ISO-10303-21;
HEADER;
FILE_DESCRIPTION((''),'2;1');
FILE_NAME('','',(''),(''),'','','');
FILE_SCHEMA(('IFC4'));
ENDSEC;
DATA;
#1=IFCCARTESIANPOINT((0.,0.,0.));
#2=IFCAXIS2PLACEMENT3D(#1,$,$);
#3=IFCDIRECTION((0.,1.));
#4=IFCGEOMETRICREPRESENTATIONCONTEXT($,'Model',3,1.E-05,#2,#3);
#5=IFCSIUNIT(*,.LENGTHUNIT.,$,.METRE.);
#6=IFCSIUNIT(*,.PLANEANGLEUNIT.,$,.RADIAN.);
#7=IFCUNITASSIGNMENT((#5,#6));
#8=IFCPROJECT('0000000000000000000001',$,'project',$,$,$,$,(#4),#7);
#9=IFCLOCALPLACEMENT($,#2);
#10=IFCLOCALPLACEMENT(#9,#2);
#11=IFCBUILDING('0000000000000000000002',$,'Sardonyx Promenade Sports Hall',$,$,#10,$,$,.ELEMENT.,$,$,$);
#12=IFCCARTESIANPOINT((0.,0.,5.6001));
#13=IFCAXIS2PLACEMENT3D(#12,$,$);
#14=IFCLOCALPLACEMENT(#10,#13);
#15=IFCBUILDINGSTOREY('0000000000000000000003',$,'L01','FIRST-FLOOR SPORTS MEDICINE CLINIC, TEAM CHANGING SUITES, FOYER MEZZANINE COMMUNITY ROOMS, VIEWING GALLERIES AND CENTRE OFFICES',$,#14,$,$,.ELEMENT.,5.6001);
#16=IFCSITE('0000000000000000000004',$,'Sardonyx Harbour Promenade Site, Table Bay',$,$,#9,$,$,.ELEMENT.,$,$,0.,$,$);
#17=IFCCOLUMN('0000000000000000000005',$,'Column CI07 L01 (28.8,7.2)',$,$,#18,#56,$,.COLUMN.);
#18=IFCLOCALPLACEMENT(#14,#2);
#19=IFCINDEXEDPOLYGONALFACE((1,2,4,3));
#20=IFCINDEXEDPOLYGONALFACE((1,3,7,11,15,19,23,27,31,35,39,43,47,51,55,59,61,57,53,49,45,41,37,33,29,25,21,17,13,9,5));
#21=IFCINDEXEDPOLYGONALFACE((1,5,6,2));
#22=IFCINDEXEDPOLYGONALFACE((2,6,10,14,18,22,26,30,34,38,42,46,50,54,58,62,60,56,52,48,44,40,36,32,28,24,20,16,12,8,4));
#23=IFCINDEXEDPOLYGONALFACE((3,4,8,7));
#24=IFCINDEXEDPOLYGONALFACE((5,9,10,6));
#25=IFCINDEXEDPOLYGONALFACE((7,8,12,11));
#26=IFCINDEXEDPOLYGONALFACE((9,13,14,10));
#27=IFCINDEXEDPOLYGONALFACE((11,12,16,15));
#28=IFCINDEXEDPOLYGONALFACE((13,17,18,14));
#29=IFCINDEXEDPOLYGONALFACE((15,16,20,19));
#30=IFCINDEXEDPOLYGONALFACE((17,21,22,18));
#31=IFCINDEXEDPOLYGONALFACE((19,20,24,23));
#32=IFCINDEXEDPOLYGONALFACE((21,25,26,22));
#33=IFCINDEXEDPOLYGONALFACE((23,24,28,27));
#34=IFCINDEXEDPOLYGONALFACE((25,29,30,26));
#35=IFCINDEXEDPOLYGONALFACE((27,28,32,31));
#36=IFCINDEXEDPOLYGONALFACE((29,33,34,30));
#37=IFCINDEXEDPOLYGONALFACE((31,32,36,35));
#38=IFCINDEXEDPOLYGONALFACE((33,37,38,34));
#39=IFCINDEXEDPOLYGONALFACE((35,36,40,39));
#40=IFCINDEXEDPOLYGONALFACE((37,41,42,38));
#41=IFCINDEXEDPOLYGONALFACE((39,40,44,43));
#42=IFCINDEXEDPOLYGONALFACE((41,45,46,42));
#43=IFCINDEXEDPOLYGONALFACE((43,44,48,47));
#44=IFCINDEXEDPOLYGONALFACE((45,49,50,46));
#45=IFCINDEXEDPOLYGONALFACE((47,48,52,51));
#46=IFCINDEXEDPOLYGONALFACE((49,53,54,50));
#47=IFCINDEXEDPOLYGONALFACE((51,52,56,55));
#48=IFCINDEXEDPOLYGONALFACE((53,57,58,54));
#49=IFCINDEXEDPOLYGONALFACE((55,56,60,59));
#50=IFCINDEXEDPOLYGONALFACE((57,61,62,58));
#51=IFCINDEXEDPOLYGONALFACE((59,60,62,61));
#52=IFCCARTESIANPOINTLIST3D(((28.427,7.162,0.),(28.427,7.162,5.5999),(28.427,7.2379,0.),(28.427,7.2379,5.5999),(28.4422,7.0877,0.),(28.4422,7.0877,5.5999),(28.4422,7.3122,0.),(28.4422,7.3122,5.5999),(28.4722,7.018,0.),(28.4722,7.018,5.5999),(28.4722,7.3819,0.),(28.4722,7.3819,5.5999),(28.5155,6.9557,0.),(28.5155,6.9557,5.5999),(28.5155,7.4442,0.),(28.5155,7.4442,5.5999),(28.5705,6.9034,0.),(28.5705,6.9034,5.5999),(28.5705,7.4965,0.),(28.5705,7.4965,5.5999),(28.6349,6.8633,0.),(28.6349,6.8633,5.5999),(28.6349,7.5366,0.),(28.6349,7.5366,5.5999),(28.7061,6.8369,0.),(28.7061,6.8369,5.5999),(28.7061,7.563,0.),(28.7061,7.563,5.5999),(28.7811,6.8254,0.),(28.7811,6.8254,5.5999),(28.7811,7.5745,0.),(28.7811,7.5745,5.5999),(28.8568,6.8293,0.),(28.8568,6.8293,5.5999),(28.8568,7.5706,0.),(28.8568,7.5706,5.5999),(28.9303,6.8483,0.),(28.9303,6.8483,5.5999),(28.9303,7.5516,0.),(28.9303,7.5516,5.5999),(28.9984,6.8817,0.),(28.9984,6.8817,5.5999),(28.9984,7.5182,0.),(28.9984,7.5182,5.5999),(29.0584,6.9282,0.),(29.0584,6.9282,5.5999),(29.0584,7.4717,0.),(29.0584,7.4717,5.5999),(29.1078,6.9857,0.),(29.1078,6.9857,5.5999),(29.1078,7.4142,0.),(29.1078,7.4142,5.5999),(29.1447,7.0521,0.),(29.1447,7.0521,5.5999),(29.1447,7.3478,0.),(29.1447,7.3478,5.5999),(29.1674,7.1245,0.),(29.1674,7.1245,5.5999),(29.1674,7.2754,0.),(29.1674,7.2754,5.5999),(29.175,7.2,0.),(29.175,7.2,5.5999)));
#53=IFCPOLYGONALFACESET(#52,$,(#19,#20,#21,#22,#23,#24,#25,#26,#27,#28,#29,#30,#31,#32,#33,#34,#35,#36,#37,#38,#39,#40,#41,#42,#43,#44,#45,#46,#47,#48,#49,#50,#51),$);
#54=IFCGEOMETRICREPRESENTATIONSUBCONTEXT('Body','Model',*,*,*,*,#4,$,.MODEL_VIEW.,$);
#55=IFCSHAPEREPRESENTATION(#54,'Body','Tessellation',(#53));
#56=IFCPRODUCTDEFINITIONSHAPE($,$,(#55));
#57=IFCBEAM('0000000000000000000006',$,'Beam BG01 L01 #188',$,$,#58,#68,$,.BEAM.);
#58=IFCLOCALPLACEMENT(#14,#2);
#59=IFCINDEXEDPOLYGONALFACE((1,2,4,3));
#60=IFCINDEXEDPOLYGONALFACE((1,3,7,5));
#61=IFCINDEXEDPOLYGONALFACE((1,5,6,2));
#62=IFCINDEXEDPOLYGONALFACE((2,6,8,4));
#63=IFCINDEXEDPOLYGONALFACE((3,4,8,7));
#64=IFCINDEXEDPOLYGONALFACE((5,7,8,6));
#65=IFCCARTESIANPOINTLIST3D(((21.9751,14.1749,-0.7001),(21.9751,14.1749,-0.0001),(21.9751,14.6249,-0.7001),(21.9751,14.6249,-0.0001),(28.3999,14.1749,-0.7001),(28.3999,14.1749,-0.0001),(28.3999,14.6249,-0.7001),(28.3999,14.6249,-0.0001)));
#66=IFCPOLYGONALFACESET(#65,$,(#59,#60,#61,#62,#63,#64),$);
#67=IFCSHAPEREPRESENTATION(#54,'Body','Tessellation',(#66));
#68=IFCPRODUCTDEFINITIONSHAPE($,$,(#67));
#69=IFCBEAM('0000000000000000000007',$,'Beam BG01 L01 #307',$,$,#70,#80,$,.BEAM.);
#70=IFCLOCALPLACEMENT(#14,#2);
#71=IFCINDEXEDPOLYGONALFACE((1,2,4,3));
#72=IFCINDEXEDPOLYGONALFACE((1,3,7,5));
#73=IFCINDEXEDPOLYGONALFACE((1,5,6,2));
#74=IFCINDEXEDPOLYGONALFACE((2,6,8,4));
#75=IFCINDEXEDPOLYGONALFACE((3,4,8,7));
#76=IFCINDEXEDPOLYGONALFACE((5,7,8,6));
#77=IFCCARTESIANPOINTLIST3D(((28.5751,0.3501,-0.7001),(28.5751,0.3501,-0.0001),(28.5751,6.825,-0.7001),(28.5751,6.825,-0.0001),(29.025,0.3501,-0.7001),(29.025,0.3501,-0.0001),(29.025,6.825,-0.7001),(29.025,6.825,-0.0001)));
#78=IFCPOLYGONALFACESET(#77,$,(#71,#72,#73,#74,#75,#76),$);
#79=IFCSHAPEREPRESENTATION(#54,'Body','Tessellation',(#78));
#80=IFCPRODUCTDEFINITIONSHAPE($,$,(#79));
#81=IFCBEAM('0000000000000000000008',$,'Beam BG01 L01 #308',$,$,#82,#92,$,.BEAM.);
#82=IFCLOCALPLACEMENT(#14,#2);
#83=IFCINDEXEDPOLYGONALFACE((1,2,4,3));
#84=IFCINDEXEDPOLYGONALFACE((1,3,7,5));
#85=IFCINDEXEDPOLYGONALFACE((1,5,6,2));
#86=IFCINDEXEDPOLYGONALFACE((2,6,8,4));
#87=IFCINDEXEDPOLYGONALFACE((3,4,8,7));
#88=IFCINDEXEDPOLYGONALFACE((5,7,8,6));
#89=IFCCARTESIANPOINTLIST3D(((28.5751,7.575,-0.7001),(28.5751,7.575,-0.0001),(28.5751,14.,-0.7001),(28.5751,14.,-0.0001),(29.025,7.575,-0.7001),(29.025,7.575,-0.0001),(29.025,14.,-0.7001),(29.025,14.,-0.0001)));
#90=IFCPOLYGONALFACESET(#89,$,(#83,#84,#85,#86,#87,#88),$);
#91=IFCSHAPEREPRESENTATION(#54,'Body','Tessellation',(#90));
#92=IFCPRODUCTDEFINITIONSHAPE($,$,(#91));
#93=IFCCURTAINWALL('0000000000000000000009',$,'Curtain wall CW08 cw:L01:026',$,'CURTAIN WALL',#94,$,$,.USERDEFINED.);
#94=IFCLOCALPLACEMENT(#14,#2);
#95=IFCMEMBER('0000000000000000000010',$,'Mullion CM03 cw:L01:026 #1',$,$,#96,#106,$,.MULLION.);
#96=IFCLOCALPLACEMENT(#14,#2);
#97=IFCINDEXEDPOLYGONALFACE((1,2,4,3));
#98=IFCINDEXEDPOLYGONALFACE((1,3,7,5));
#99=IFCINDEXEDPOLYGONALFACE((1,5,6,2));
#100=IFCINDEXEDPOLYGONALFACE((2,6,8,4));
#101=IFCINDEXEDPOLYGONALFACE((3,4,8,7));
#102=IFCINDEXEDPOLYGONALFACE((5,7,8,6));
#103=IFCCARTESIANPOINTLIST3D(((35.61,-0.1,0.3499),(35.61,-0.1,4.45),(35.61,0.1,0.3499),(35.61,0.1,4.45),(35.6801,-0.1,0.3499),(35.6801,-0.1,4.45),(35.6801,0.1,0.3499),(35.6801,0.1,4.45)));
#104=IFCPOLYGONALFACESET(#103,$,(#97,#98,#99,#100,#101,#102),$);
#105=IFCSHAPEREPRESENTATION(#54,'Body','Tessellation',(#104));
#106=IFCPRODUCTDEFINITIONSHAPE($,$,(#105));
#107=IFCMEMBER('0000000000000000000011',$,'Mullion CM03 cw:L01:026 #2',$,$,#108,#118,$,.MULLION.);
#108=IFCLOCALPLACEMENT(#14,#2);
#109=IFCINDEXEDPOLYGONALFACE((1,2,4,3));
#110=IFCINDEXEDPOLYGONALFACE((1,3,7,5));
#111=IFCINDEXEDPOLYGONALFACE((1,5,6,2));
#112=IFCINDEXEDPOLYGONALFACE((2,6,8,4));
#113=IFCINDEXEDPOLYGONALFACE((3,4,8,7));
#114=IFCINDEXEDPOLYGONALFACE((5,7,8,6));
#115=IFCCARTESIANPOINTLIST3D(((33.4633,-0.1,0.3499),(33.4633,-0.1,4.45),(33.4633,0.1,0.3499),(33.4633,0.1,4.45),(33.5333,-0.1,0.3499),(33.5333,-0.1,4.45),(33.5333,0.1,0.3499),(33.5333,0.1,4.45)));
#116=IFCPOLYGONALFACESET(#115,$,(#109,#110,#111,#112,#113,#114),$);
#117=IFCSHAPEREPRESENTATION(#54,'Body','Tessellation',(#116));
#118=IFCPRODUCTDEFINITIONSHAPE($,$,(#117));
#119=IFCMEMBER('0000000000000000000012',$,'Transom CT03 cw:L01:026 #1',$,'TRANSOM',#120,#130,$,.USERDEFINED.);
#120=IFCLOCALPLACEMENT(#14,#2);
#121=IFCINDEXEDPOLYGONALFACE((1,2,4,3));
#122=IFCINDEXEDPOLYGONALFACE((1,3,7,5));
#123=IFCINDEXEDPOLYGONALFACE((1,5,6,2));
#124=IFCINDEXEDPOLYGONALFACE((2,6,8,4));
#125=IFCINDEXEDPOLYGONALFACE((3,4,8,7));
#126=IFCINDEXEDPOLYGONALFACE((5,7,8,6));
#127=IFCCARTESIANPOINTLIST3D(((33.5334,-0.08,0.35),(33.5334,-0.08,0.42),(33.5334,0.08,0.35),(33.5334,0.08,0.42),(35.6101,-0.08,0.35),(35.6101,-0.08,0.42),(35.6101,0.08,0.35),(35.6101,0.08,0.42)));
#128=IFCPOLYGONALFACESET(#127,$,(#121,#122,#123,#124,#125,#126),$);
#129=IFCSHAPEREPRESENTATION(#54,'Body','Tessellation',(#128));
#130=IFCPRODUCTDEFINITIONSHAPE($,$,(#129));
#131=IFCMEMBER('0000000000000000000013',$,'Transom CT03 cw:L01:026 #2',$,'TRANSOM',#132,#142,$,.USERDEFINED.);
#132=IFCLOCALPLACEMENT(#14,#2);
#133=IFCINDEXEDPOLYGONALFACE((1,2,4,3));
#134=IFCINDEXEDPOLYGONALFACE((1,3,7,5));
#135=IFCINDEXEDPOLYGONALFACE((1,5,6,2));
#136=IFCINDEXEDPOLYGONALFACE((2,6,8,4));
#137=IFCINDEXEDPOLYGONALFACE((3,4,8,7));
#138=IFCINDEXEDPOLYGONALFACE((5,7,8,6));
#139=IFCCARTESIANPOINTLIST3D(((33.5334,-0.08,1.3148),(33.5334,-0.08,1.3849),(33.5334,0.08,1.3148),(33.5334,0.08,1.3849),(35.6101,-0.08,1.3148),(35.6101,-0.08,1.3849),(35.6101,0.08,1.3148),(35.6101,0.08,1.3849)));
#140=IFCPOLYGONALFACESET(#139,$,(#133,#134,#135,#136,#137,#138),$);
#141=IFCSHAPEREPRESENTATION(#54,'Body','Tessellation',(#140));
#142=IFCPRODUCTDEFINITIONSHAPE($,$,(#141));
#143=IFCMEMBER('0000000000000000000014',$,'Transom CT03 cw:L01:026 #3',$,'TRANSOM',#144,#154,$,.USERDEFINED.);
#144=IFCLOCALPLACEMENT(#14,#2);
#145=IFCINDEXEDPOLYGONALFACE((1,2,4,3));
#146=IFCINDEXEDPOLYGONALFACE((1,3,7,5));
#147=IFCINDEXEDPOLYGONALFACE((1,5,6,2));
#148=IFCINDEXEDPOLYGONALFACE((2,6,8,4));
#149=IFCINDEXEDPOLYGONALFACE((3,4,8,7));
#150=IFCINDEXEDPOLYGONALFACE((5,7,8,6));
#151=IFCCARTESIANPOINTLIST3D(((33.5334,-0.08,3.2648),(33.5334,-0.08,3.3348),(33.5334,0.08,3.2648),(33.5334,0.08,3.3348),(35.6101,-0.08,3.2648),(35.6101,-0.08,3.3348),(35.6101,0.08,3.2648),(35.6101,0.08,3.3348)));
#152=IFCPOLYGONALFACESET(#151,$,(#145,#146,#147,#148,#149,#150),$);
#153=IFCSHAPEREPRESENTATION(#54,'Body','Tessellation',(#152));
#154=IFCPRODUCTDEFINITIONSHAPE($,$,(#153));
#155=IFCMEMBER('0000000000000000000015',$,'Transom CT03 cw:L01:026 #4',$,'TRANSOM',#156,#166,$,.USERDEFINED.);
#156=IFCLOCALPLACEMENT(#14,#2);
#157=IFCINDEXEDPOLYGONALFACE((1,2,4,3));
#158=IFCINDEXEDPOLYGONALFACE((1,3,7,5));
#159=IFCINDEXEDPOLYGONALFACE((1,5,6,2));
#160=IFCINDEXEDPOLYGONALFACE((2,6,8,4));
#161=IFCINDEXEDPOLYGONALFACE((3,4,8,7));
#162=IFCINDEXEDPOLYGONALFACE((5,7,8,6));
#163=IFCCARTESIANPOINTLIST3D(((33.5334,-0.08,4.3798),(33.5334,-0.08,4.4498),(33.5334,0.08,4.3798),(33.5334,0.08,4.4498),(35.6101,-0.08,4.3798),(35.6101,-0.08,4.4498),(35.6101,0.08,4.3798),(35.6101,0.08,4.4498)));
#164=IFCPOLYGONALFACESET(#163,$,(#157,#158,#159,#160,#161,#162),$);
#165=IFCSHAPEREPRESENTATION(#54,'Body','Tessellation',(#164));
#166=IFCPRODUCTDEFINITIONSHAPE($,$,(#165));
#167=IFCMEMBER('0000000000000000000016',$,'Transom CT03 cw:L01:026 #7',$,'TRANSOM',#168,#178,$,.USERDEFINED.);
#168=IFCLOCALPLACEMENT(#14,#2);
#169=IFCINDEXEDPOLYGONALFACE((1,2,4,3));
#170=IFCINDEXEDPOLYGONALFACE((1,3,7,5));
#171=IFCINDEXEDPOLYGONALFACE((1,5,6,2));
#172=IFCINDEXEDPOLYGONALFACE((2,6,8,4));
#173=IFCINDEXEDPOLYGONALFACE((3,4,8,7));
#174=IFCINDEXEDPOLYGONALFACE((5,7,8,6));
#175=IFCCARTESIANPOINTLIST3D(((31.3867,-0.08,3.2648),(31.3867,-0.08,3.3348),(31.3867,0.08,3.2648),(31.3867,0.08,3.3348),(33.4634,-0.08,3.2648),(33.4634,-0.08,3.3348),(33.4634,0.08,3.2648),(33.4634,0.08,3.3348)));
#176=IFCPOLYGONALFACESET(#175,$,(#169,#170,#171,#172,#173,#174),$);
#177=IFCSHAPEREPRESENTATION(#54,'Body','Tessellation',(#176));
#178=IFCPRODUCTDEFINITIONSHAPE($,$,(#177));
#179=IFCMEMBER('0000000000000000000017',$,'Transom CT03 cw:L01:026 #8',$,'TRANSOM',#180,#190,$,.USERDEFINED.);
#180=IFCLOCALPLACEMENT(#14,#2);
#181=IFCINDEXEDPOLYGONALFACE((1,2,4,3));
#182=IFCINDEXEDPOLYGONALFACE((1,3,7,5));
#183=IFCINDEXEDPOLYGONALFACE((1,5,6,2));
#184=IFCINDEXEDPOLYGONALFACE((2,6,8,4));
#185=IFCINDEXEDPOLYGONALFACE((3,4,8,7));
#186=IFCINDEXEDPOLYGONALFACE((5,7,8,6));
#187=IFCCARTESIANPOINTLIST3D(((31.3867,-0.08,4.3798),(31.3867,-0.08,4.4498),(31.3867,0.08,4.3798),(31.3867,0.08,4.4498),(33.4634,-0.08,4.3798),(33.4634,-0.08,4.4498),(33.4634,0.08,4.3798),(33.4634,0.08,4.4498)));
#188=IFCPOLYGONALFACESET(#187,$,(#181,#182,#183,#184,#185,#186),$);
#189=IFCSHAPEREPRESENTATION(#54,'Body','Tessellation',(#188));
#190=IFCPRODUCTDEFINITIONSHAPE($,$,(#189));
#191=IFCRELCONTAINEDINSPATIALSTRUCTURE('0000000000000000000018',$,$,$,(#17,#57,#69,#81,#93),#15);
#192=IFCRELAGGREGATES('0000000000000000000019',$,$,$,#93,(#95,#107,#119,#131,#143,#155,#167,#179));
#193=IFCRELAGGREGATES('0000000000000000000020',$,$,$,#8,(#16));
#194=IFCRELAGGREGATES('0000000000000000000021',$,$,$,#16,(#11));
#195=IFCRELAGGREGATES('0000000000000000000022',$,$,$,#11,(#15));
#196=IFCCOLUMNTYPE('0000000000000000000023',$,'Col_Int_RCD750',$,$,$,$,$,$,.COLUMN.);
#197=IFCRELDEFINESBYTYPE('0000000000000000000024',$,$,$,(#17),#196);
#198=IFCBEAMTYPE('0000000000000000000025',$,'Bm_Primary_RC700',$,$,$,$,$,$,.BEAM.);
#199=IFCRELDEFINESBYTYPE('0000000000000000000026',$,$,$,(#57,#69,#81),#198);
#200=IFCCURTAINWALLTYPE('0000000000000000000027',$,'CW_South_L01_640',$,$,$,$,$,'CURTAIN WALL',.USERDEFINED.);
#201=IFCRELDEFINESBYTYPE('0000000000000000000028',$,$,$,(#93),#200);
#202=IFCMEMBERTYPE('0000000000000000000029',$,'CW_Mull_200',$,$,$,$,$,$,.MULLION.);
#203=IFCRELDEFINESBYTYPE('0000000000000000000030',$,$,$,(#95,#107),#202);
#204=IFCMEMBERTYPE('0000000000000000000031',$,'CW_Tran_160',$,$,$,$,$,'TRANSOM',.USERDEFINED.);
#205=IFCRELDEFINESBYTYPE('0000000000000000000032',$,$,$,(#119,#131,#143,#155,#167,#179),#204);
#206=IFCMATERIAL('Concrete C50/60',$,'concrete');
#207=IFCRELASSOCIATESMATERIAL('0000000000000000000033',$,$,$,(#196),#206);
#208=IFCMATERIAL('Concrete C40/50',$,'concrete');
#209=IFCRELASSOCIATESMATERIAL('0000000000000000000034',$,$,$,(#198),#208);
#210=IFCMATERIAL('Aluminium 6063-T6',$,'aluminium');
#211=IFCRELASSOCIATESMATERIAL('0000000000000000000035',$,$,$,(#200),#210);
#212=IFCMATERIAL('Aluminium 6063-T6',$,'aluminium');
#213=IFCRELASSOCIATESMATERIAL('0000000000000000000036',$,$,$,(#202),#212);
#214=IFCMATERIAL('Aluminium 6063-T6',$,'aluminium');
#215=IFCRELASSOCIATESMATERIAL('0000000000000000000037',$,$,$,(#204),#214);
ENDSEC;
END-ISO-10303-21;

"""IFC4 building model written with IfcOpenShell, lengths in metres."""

from ifc_helpers import new_model, si_unit, direction, frame, origin, origin_2d, place, context, subcontext, project, spatial, rectangle, circle, extrude, material, material_profile, profile_set, type_object, element, aggregate, save


model = new_model("IFC4")

# Units and contexts
model_context = context("Model", 3, precision=1e-05, world=origin(), true_north=direction((0.0, 1.0)))
body_context = subcontext(model_context, "Body", "Model", "MODEL_VIEW")
ifc_project = project(units=[si_unit("LENGTHUNIT", "METRE"), si_unit("PLANEANGLEUNIT", "RADIAN")], contexts=[model_context])

# Site, building, storey
site_placement = place(None, origin())
site = spatial("IfcSite", under=ifc_project, at=site_placement, Name="Sardonyx Harbour Promenade Site, Table Bay", CompositionType="ELEMENT", RefElevation=0.0)
building_placement = place(site_placement, origin())
building = spatial("IfcBuilding", under=site, at=building_placement, Name="Sardonyx Promenade Sports Hall", CompositionType="ELEMENT")
storey_placement = place(building_placement, frame((0.0, 0.0, 5.6001)))
storey = spatial("IfcBuildingStorey", under=building, at=storey_placement, Name="L01", Description="FIRST-FLOOR SPORTS MEDICINE CLINIC, TEAM CHANGING SUITES, FOYER MEZZANINE COMMUNITY ROOMS, VIEWING GALLERIES AND CENTRE OFFICES", CompositionType="ELEMENT", Elevation=5.6001)

# Column
ifc_material_1 = material(Name="Concrete C50/60", Category="concrete")
ifc_material_profile_1 = material_profile(ifc_material_1, circle(Radius=0.375, at=origin_2d()))
ifc_profile_set_1 = profile_set([ifc_material_profile_1], Name="Concrete C50/60")
column_type = type_object("IfcColumnType", Name="Col_Int_RCD750", PredefinedType="COLUMN", material=ifc_profile_set_1)
column_placement = place(storey_placement, frame((28.8, 7.2, 0.0), z_axis=(0.0, 0.0, 1.0), x_axis=(1.0, 0.0, 0.0)))
element("IfcColumn", 1, at=column_placement, inside=storey, type_object=column_type, Name="Column CI07 L01 (28.8,7.2)", PredefinedType="COLUMN", context=body_context, shape_type="SweptSolid", body=[
    extrude(circle(Radius=0.375, at=origin_2d()), origin(), (0.0, 0.0, 1.0), 5.5999),
])

# Beams
ifc_material_2 = material(Name="Concrete C40/50", Category="concrete")
ifc_material_profile_2 = material_profile(ifc_material_2, rectangle(XDim=0.45, YDim=0.7, at=origin_2d()))
ifc_profile_set_2 = profile_set([ifc_material_profile_2], Name="Concrete C40/50")
beam_type = type_object("IfcBeamType", Name="Bm_Primary_RC700", PredefinedType="BEAM", material=ifc_profile_set_2)
beam_1_placement = place(storey_placement, frame((21.9751, 14.3999, -0.3501), z_axis=(1.0, 0.0, 0.0), x_axis=(0.0, 1.0, 0.0)))
element("IfcBeam", 2, at=beam_1_placement, inside=storey, type_object=beam_type, Name="Beam BG01 L01 #188", PredefinedType="BEAM", context=body_context, shape_type="SweptSolid", body=[
    extrude(rectangle(XDim=0.45, YDim=0.7, at=origin_2d()), origin(), (0.0, 0.0, 1.0), 6.4248),
])
beam_2_placement = place(storey_placement, frame((28.8, 0.3501, -0.3501), z_axis=(0.0, 1.0, 0.0), x_axis=(-1.0, 0.0, 0.0)))
element("IfcBeam", 3, at=beam_2_placement, inside=storey, type_object=beam_type, Name="Beam BG01 L01 #307", PredefinedType="BEAM", context=body_context, shape_type="SweptSolid", body=[
    extrude(rectangle(XDim=0.45, YDim=0.7, at=origin_2d()), origin(), (0.0, 0.0, 1.0), 6.4749),
])
beam_3_placement = place(storey_placement, frame((28.8, 7.575, -0.3501), z_axis=(0.0, 1.0, 0.0), x_axis=(-1.0, 0.0, 0.0)))
element("IfcBeam", 4, at=beam_3_placement, inside=storey, type_object=beam_type, Name="Beam BG01 L01 #308", PredefinedType="BEAM", context=body_context, shape_type="SweptSolid", body=[
    extrude(rectangle(XDim=0.45, YDim=0.7, at=origin_2d()), origin(), (0.0, 0.0, 1.0), 6.425),
])

# Curtain wall, members
ifc_material_3 = material(Name="Aluminium 6063-T6", Category="aluminium")
curtain_wall_type = type_object("IfcCurtainWallType", Name="CW_South_L01_640", ElementType="CURTAIN WALL", PredefinedType="USERDEFINED", material=ifc_material_3)
curtain_wall_placement = place(storey_placement, origin())
curtain_wall = element("IfcCurtainWall", 5, at=curtain_wall_placement, inside=storey, type_object=curtain_wall_type, Name="Curtain wall CW08 cw:L01:026", ObjectType="CURTAIN WALL", PredefinedType="USERDEFINED")
ifc_material_4 = material(Name="Aluminium 6063-T6", Category="aluminium")
ifc_material_profile_3 = material_profile(ifc_material_4, rectangle(XDim=0.0701, YDim=0.2, at=origin_2d()))
ifc_profile_set_3 = profile_set([ifc_material_profile_3], Name="Aluminium 6063-T6")
member_type_1 = type_object("IfcMemberType", Name="CW_Mull_200", PredefinedType="MULLION", material=ifc_profile_set_3)
member_1_placement = place(storey_placement, frame((35.645, 0.0, 0.3499), z_axis=(0.0, 0.0, 1.0), x_axis=(-1.0, 0.0, 0.0)))
member_1 = element("IfcMember", 6, at=member_1_placement, type_object=member_type_1, Name="Mullion CM03 cw:L01:026 #1", PredefinedType="MULLION", context=body_context, shape_type="SweptSolid", body=[
    extrude(rectangle(XDim=0.0701, YDim=0.2, at=origin_2d()), origin(), (0.0, 0.0, 1.0), 4.1001),
])
member_2_placement = place(storey_placement, frame((33.4983, 0.0, 0.3499), z_axis=(0.0, 0.0, 1.0), x_axis=(-1.0, 0.0, 0.0)))
member_2 = element("IfcMember", 7, at=member_2_placement, type_object=member_type_1, Name="Mullion CM03 cw:L01:026 #2", PredefinedType="MULLION", context=body_context, shape_type="SweptSolid", body=[
    extrude(rectangle(XDim=0.0701, YDim=0.2, at=origin_2d()), origin(), (0.0, 0.0, 1.0), 4.1001),
])
ifc_material_5 = material(Name="Aluminium 6063-T6", Category="aluminium")
ifc_material_profile_4 = material_profile(ifc_material_5, rectangle(XDim=0.0701, YDim=0.1599, at=origin_2d()))
ifc_profile_set_4 = profile_set([ifc_material_profile_4], Name="Aluminium 6063-T6")
member_type_2 = type_object("IfcMemberType", Name="CW_Tran_160", ElementType="TRANSOM", PredefinedType="USERDEFINED", material=ifc_profile_set_4)
member_3_placement = place(storey_placement, frame((35.6101, 0.0, 0.385), z_axis=(-1.0, 0.0, 0.0), x_axis=(0.0, 0.0, 1.0)))
member_3 = element("IfcMember", 8, at=member_3_placement, type_object=member_type_2, Name="Transom CT03 cw:L01:026 #1", ObjectType="TRANSOM", PredefinedType="USERDEFINED", context=body_context, shape_type="SweptSolid", body=[
    extrude(rectangle(XDim=0.0701, YDim=0.1599, at=origin_2d()), origin(), (0.0, 0.0, 1.0), 2.0767),
])
member_4_placement = place(storey_placement, frame((35.6101, 0.0, 1.3499), z_axis=(-1.0, 0.0, 0.0), x_axis=(0.0, 0.0, 1.0)))
member_4 = element("IfcMember", 9, at=member_4_placement, type_object=member_type_2, Name="Transom CT03 cw:L01:026 #2", ObjectType="TRANSOM", PredefinedType="USERDEFINED", context=body_context, shape_type="SweptSolid", body=[
    extrude(rectangle(XDim=0.0701, YDim=0.1599, at=origin_2d()), origin(), (0.0, 0.0, 1.0), 2.0767),
])
member_5_placement = place(storey_placement, frame((35.6101, 0.0, 3.2998), z_axis=(-1.0, 0.0, 0.0), x_axis=(0.0, 0.0, 1.0)))
member_5 = element("IfcMember", 10, at=member_5_placement, type_object=member_type_2, Name="Transom CT03 cw:L01:026 #3", ObjectType="TRANSOM", PredefinedType="USERDEFINED", context=body_context, shape_type="SweptSolid", body=[
    extrude(rectangle(XDim=0.0701, YDim=0.1599, at=origin_2d()), origin(), (0.0, 0.0, 1.0), 2.0767),
])
member_6_placement = place(storey_placement, frame((35.6101, 0.0, 4.4148), z_axis=(-1.0, 0.0, 0.0), x_axis=(0.0, 0.0, 1.0)))
member_6 = element("IfcMember", 11, at=member_6_placement, type_object=member_type_2, Name="Transom CT03 cw:L01:026 #4", ObjectType="TRANSOM", PredefinedType="USERDEFINED", context=body_context, shape_type="SweptSolid", body=[
    extrude(rectangle(XDim=0.0701, YDim=0.1599, at=origin_2d()), origin(), (0.0, 0.0, 1.0), 2.0767),
])
member_7_placement = place(storey_placement, frame((33.4634, 0.0, 3.2998), z_axis=(-1.0, 0.0, 0.0), x_axis=(0.0, 0.0, 1.0)))
member_7 = element("IfcMember", 12, at=member_7_placement, type_object=member_type_2, Name="Transom CT03 cw:L01:026 #7", ObjectType="TRANSOM", PredefinedType="USERDEFINED", context=body_context, shape_type="SweptSolid", body=[
    extrude(rectangle(XDim=0.0701, YDim=0.1599, at=origin_2d()), origin(), (0.0, 0.0, 1.0), 2.0767),
])
member_8_placement = place(storey_placement, frame((33.4634, 0.0, 4.4148), z_axis=(-1.0, 0.0, 0.0), x_axis=(0.0, 0.0, 1.0)))
member_8 = element("IfcMember", 13, at=member_8_placement, type_object=member_type_2, Name="Transom CT03 cw:L01:026 #8", ObjectType="TRANSOM", PredefinedType="USERDEFINED", context=body_context, shape_type="SweptSolid", body=[
    extrude(rectangle(XDim=0.0701, YDim=0.1599, at=origin_2d()), origin(), (0.0, 0.0, 1.0), 2.0767),
])

aggregate(curtain_wall, [member_1, member_2, member_3, member_4, member_5, member_6, member_7, member_8])

save(model, "model.ifc")
